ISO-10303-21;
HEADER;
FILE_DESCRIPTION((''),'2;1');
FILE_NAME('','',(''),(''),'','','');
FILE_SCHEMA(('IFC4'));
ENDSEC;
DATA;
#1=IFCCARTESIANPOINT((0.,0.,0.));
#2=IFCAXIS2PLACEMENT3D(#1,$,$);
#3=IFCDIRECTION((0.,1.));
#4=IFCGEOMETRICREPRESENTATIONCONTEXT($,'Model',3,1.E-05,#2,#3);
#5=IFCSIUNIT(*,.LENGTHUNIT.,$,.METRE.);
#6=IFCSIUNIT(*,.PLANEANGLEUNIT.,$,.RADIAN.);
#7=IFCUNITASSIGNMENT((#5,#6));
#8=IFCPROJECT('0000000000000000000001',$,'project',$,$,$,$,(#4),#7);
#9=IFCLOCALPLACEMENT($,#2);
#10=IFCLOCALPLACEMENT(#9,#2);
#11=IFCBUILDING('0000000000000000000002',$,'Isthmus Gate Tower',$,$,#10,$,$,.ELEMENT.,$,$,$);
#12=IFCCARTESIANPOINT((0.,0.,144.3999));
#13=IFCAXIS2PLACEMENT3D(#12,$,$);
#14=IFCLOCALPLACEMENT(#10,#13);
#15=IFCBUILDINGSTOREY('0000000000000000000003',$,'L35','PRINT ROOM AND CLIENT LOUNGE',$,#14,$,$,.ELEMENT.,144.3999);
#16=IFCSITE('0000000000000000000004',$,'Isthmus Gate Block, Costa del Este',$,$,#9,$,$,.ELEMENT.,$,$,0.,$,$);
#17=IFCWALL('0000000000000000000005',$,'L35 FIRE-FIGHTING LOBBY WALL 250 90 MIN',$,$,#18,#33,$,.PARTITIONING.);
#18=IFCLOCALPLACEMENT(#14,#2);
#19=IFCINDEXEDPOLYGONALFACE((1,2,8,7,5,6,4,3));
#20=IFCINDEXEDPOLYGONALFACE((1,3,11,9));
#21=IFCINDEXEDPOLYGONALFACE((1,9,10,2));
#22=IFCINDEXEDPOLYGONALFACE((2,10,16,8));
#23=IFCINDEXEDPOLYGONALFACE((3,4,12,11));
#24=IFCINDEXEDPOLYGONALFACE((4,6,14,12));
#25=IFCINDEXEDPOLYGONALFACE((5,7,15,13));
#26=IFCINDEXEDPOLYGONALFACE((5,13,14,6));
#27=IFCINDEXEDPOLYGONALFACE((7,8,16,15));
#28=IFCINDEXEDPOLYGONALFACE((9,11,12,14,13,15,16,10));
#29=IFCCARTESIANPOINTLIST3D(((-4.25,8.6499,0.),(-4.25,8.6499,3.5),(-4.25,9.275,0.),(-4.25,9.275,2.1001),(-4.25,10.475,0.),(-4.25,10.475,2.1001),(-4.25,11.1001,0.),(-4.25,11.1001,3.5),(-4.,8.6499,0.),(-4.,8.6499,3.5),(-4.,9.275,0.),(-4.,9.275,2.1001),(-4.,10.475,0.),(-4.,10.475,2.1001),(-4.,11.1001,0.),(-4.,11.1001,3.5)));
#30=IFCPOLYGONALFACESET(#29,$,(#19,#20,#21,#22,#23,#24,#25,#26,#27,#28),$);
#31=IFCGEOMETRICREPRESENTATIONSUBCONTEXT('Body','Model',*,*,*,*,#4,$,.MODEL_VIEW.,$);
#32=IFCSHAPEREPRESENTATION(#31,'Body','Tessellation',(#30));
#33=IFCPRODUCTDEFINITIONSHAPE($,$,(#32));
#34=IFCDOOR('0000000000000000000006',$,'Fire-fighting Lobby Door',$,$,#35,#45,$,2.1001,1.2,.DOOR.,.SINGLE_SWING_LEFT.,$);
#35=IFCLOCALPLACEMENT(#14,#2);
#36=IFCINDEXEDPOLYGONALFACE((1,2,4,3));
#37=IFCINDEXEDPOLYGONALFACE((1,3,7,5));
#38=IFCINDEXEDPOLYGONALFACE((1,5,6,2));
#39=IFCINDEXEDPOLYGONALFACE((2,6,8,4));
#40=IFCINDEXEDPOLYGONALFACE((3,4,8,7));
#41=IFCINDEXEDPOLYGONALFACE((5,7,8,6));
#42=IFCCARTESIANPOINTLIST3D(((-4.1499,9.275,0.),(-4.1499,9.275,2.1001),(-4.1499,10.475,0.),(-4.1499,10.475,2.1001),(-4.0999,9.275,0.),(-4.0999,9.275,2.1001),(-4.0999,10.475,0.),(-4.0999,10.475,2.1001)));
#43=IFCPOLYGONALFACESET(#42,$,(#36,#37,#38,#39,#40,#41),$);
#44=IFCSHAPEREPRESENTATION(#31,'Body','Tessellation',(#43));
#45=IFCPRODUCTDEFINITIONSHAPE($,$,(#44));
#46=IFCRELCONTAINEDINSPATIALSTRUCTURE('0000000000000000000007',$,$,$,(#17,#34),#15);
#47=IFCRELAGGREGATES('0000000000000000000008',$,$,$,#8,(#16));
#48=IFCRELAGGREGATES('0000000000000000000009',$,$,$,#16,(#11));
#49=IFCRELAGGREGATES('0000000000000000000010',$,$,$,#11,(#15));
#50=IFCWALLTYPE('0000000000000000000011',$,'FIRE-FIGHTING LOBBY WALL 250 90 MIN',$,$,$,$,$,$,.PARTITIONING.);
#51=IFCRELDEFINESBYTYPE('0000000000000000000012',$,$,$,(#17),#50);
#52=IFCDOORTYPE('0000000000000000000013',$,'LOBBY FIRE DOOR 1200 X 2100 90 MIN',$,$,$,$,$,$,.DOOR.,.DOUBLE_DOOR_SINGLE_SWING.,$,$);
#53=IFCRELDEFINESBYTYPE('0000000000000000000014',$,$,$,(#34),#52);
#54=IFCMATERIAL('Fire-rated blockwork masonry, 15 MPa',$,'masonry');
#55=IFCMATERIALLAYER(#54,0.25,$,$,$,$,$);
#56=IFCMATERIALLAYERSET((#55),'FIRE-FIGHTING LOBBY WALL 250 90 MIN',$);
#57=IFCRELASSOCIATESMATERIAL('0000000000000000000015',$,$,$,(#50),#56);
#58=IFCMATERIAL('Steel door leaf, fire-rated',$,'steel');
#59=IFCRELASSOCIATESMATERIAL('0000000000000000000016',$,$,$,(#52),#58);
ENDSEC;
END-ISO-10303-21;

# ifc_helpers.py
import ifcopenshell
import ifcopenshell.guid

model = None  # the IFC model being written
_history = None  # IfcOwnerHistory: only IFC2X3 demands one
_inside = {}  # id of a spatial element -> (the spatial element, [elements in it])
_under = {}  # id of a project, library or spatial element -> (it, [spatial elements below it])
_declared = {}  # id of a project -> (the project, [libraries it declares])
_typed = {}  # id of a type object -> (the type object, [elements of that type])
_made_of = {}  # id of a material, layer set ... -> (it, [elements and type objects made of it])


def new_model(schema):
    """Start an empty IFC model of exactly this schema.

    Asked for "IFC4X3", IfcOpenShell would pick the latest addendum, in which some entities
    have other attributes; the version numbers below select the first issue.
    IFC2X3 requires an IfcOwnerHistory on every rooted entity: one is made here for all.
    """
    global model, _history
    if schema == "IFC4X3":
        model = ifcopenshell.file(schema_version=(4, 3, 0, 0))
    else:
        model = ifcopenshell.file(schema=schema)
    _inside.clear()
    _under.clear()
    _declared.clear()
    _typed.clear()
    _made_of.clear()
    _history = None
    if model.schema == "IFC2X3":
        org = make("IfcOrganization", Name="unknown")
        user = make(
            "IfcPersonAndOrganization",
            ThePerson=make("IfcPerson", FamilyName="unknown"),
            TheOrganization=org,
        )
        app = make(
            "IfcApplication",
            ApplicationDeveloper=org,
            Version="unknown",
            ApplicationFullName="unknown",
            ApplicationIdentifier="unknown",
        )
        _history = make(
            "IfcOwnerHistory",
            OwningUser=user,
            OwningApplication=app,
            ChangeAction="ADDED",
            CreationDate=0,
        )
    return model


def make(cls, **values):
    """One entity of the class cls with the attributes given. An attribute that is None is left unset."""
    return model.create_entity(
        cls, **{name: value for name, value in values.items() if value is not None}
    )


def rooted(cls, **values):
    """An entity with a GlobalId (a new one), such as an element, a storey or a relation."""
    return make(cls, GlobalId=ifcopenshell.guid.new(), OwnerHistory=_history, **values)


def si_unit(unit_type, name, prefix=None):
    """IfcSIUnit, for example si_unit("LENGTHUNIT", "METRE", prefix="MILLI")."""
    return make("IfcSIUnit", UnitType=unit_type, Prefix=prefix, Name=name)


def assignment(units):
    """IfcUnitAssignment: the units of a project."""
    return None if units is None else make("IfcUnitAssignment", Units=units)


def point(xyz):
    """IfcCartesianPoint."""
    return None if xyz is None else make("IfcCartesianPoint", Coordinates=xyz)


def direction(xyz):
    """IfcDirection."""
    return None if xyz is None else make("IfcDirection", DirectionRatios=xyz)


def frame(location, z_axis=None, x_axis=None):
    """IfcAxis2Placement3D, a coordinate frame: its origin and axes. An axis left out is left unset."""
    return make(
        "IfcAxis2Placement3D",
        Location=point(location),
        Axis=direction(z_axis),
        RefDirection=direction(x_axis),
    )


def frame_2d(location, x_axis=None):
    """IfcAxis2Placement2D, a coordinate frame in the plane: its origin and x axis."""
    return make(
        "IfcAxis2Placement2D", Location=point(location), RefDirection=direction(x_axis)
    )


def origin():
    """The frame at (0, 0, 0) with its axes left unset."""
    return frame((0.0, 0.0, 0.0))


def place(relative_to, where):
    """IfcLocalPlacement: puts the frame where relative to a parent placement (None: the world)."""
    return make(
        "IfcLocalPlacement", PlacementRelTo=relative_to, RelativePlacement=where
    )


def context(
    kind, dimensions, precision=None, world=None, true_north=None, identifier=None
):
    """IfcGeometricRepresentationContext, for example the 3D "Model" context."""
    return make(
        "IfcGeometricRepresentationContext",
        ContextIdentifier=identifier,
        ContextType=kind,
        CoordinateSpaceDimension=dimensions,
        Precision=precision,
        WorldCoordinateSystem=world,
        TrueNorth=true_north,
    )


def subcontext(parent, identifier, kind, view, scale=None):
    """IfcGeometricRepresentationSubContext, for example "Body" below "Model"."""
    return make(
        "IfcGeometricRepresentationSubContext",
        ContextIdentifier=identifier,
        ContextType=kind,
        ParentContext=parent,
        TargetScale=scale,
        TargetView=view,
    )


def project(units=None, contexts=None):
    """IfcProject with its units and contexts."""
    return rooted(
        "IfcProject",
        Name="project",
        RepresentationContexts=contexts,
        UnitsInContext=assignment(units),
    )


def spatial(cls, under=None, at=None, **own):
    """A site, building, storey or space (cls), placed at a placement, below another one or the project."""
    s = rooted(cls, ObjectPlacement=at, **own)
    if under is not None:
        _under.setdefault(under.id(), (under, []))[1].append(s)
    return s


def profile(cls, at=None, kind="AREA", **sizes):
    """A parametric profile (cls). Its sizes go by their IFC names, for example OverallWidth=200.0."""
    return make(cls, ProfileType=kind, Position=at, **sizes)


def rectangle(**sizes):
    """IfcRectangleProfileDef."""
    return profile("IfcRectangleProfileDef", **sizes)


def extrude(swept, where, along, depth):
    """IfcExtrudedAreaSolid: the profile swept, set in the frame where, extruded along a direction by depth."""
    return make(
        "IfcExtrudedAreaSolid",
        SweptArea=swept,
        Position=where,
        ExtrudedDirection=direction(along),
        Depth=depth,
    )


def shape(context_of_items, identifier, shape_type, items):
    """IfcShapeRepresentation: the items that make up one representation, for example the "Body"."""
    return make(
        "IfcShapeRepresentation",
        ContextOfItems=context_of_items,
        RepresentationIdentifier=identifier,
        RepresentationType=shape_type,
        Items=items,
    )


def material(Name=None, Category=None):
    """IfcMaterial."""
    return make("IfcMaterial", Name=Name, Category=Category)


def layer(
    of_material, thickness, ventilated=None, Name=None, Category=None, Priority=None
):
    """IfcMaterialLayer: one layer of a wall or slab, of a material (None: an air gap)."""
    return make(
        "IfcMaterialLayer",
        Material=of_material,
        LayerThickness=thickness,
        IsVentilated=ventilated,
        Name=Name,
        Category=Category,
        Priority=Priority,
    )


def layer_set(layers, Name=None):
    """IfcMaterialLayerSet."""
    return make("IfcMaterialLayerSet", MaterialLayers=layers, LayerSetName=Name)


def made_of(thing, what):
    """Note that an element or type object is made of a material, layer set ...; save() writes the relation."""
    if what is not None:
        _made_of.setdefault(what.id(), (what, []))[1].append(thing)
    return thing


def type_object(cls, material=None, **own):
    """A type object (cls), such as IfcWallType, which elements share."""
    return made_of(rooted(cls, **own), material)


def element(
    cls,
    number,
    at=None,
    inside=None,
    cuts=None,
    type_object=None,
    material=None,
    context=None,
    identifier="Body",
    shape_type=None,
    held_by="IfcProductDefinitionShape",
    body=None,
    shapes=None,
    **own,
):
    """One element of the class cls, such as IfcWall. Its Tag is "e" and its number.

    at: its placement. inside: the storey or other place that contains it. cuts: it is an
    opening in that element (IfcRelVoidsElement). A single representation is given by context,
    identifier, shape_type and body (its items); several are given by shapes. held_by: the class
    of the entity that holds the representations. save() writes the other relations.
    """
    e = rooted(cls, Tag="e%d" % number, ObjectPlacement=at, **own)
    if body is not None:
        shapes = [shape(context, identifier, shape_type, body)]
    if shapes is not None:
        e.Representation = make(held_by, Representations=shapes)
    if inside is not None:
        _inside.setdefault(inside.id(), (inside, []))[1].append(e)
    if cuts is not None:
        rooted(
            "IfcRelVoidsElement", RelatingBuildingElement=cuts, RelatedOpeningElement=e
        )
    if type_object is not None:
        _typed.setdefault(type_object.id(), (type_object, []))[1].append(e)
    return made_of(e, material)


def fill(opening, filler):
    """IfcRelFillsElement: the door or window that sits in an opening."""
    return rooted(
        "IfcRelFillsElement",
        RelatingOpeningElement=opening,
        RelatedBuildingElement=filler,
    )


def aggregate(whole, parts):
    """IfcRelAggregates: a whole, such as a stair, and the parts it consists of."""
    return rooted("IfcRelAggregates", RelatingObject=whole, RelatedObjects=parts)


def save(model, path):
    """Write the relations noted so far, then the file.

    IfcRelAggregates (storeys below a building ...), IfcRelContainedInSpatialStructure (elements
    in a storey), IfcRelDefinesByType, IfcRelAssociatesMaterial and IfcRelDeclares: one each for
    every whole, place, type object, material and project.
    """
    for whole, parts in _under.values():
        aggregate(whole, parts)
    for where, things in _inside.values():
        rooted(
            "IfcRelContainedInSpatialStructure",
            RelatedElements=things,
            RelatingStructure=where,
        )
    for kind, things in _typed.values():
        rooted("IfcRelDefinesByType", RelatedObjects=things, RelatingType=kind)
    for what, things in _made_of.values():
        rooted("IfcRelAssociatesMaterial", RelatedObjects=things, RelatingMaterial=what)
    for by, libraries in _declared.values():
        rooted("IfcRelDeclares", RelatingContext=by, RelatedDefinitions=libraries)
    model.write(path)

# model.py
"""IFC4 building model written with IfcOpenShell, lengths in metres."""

from ifc_helpers import new_model, si_unit, direction, frame, frame_2d, origin, place, context, subcontext, project, spatial, rectangle, extrude, material, layer, layer_set, type_object, element, fill, save


model = new_model("IFC4")

# Units and contexts
model_context = context("Model", 3, precision=1e-05, world=origin(), true_north=direction((0.0, 1.0)))
body_context = subcontext(model_context, "Body", "Model", "MODEL_VIEW")
ifc_project = project(units=[si_unit("LENGTHUNIT", "METRE"), si_unit("PLANEANGLEUNIT", "RADIAN")], contexts=[model_context])

# Site, building, storey
site_placement = place(None, origin())
site = spatial("IfcSite", under=ifc_project, at=site_placement, Name="Isthmus Gate Block, Costa del Este", CompositionType="ELEMENT", RefElevation=0.0)
building_placement = place(site_placement, origin())
building = spatial("IfcBuilding", under=site, at=building_placement, Name="Isthmus Gate Tower", CompositionType="ELEMENT")
storey_placement = place(building_placement, frame((0.0, 0.0, 144.3999)))
storey = spatial("IfcBuildingStorey", under=building, at=storey_placement, Name="L35", Description="PRINT ROOM AND CLIENT LOUNGE", CompositionType="ELEMENT", Elevation=144.3999)

# Wall, opening, door
ifc_material_1 = material(Name="Fire-rated blockwork masonry, 15 MPa", Category="masonry")
ifc_layer_1 = layer(ifc_material_1, 0.25)
ifc_layer_set_1 = layer_set([ifc_layer_1], Name="FIRE-FIGHTING LOBBY WALL 250 90 MIN")
wall_type_1 = type_object("IfcWallType", Name="FIRE-FIGHTING LOBBY WALL 250 90 MIN", PredefinedType="PARTITIONING", material=ifc_layer_set_1)
wall_1_placement = place(storey_placement, frame((-4.125, 8.6499, 0.0), z_axis=(0.0, 0.0, 1.0), x_axis=(0.0, 1.0, 0.0)))
wall_1 = element("IfcWall", 1, at=wall_1_placement, inside=storey, type_object=wall_type_1, Name="L35 FIRE-FIGHTING LOBBY WALL 250 90 MIN", PredefinedType="PARTITIONING", context=body_context, shape_type="SweptSolid", body=[
    extrude(rectangle(XDim=2.4502, YDim=0.25, at=frame_2d((1.2251, 0.0))), origin(), (0.0, 0.0, 1.0), 3.5),
])
opening_1_placement = place(wall_1_placement, frame((0.625, 0.0, 0.0)))
opening_1 = element("IfcOpeningElement", 2, at=opening_1_placement, cuts=wall_1, PredefinedType="OPENING", context=body_context, shape_type="SweptSolid", body=[
    extrude(rectangle(XDim=1.2, YDim=2.1001, at=frame_2d((0.6001, 1.05))), frame((0.0, 0.135, 0.0), z_axis=(0.0, -1.0, 0.0), x_axis=(1.0, 0.0, 0.0)), (0.0, 0.0, 1.0), 0.27),
])
ifc_material_2 = material(Name="Steel door leaf, fire-rated", Category="steel")
door_type_1 = type_object("IfcDoorType", Name="LOBBY FIRE DOOR 1200 X 2100 90 MIN", OperationType="DOUBLE_DOOR_SINGLE_SWING", PredefinedType="DOOR", material=ifc_material_2)
door_1_placement = place(opening_1_placement, origin())
door_1 = element("IfcDoor", 3, at=door_1_placement, inside=storey, type_object=door_type_1, Name="Fire-fighting Lobby Door", OperationType="SINGLE_SWING_LEFT", OverallHeight=2.1001, OverallWidth=1.2, PredefinedType="DOOR", context=body_context, shape_type="SweptSolid", body=[
    extrude(rectangle(XDim=1.2, YDim=2.1001, at=frame_2d((0.6001, 1.05))), frame((0.0, 0.0249, 0.0), z_axis=(0.0, -1.0, 0.0), x_axis=(1.0, 0.0, 0.0)), (0.0, 0.0, 1.0), 0.05),
])
fill(opening_1, door_1)

save(model, "model.ifc")
